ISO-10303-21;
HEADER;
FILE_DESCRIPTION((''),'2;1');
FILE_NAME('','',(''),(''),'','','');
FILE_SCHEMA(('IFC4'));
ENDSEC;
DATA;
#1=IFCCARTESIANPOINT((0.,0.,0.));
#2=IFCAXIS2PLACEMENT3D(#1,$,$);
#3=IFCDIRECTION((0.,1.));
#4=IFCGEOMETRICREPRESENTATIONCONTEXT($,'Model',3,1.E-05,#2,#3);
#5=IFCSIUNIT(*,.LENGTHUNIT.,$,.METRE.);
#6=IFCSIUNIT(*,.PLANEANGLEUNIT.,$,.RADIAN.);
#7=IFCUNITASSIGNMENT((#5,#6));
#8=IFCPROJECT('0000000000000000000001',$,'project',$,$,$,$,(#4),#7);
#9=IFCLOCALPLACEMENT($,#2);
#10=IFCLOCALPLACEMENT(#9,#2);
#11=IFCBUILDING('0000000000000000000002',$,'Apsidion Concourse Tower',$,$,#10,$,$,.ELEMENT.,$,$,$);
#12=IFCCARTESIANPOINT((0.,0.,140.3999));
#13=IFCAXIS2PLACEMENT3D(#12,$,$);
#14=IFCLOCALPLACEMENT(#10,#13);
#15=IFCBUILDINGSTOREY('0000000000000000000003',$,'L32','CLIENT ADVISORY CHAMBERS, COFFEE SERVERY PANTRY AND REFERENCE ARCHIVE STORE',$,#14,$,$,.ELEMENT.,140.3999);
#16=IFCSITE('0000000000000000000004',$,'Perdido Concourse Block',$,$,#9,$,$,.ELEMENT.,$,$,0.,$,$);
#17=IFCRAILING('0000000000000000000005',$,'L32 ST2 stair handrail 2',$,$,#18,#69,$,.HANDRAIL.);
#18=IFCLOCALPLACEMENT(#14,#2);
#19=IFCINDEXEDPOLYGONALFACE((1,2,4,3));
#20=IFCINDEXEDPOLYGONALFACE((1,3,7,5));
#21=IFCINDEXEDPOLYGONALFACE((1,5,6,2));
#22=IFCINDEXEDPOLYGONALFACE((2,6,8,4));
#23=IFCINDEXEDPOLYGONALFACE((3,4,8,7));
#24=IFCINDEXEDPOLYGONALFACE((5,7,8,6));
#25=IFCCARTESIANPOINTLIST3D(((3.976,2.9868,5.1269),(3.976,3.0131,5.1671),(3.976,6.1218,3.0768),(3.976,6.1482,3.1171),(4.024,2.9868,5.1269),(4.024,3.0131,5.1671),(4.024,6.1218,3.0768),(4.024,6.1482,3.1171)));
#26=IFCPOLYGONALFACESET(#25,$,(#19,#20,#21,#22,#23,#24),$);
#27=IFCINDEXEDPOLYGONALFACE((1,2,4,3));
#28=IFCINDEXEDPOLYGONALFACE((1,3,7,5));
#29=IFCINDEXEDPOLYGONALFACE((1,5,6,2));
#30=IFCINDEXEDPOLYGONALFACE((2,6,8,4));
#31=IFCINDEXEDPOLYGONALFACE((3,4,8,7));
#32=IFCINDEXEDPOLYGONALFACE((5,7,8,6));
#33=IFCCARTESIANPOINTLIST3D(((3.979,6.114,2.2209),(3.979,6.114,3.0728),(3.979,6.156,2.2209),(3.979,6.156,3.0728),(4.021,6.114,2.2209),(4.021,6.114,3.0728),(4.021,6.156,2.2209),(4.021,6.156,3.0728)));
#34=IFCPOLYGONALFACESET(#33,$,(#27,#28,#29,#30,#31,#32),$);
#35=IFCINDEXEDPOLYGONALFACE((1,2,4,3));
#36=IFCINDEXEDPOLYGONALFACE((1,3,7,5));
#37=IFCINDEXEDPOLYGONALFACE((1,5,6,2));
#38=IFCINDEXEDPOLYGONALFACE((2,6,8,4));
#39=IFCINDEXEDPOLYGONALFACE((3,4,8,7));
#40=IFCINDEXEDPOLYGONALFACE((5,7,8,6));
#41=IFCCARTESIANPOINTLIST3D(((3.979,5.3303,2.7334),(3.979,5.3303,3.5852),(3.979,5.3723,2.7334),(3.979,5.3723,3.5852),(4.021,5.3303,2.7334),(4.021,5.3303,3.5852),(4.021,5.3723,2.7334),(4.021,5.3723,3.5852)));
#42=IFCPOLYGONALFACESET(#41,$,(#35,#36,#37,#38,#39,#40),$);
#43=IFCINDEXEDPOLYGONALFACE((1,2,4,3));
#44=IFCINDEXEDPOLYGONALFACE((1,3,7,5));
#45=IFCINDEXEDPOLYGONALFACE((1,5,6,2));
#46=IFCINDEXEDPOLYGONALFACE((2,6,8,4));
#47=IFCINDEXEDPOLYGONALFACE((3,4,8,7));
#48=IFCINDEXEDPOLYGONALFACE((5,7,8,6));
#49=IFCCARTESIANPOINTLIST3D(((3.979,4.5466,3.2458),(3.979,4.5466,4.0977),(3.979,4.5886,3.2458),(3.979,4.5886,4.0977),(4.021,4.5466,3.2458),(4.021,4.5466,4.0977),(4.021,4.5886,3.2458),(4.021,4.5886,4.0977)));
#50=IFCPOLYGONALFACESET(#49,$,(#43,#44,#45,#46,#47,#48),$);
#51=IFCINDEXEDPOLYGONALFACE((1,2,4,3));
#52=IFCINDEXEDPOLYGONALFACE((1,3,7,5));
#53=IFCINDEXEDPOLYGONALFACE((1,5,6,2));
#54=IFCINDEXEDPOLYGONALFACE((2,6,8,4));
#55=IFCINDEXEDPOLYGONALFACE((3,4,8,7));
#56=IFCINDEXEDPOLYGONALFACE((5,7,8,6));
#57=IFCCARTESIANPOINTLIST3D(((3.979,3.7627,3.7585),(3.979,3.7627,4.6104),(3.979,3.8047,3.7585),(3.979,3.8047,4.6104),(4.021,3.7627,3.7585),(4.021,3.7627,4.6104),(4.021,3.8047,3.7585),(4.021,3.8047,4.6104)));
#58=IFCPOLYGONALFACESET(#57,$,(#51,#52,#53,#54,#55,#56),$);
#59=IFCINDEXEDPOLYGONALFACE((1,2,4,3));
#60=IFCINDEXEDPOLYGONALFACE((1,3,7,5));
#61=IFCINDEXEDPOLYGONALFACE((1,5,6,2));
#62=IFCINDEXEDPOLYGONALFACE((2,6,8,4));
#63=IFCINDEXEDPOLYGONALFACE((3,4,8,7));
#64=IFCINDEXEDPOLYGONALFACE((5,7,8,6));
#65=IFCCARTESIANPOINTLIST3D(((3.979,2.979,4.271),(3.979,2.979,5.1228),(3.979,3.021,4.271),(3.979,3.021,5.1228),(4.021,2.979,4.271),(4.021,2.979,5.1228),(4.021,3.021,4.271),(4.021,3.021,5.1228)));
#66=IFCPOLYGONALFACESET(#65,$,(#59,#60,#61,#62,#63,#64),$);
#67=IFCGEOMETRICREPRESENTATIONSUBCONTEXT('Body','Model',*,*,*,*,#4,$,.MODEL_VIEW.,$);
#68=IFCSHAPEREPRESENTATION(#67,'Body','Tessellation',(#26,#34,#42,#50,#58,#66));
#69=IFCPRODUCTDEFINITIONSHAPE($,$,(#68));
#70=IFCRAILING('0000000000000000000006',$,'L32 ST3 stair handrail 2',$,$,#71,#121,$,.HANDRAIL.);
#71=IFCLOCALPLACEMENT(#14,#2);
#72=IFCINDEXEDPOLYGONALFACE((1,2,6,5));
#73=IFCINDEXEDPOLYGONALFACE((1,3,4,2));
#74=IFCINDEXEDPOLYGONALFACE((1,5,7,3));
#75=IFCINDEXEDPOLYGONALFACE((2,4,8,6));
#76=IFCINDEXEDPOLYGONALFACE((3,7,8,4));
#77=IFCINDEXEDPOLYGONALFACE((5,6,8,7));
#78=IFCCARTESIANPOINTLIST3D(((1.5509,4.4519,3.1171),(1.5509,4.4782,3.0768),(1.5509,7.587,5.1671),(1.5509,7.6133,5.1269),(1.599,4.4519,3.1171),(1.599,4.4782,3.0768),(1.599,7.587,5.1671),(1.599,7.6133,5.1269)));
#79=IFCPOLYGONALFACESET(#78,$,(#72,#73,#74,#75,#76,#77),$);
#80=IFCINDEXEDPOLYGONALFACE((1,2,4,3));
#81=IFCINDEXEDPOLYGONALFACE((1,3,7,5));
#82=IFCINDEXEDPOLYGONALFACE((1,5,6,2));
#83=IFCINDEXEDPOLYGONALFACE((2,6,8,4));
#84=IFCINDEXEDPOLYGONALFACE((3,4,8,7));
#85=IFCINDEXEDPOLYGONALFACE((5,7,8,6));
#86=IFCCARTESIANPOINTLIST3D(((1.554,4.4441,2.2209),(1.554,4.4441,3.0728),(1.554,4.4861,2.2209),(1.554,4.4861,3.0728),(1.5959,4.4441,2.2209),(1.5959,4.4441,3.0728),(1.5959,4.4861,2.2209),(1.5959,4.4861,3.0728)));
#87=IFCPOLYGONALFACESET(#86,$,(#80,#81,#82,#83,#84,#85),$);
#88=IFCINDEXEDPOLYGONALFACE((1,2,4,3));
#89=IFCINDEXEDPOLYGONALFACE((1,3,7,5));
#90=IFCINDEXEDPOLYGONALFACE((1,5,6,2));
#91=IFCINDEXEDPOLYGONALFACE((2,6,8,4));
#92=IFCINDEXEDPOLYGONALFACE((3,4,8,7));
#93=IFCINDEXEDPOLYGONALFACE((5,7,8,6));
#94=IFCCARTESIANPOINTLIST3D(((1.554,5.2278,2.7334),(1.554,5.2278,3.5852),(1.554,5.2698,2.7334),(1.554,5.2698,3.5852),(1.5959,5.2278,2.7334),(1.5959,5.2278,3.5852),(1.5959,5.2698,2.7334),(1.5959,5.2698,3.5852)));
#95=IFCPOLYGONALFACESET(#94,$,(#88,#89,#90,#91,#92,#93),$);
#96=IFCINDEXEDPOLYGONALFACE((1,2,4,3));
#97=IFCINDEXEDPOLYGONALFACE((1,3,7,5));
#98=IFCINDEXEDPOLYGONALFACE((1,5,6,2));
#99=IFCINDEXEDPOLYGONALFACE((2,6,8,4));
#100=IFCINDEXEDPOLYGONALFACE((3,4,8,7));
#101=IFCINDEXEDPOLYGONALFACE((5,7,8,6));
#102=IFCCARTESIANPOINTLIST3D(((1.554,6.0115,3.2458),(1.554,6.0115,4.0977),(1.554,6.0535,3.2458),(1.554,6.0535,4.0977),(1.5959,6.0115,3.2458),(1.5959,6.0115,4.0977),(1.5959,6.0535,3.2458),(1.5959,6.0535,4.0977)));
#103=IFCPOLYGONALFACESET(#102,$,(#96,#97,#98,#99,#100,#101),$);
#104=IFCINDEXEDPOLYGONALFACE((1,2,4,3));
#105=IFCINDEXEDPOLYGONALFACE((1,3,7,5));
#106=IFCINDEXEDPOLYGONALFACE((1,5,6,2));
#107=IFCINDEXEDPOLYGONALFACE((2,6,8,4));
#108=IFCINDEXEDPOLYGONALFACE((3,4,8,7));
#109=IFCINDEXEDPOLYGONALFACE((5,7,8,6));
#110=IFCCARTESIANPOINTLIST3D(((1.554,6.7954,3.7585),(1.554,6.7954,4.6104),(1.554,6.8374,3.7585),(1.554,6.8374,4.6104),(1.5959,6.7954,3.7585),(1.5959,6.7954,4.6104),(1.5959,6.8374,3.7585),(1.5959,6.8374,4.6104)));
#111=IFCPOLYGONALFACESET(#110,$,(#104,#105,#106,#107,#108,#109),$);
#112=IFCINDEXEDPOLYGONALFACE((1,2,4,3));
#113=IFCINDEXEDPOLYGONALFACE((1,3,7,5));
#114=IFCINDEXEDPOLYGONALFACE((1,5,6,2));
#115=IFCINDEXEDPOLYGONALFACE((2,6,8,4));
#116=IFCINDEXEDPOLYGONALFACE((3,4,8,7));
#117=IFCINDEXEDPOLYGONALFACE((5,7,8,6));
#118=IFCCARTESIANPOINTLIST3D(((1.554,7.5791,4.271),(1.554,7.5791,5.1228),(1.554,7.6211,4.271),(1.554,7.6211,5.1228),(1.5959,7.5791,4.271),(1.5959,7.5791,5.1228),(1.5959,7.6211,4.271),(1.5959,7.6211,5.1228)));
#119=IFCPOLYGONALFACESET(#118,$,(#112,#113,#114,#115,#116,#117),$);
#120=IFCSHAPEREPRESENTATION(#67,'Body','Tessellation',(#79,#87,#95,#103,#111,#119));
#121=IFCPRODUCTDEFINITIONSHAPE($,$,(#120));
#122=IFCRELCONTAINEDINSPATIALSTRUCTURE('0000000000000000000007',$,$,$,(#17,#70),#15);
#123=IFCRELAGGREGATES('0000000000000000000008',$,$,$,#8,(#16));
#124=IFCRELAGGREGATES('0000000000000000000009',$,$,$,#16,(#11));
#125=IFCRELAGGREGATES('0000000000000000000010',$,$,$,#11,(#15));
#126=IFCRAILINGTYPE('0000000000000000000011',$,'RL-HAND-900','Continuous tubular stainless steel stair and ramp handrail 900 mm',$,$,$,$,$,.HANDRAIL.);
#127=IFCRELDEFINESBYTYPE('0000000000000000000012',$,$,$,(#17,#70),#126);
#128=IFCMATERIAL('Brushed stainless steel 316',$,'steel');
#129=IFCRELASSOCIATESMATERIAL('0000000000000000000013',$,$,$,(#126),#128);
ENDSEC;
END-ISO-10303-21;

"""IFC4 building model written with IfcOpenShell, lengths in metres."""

from ifc_helpers import new_model, si_unit, direction, frame, origin, origin_2d, place, context, subcontext, project, spatial, rectangle, extrude, material, type_object, element, save


model = new_model("IFC4")

# Units and contexts
model_context = context("Model", 3, precision=1e-05, world=origin(), true_north=direction((0.0, 1.0)))
body_context = subcontext(model_context, "Body", "Model", "MODEL_VIEW")
ifc_project = project(units=[si_unit("LENGTHUNIT", "METRE"), si_unit("PLANEANGLEUNIT", "RADIAN")], contexts=[model_context])

# Site, building, storey
site_placement = place(None, origin())
site = spatial("IfcSite", under=ifc_project, at=site_placement, Name="Perdido Concourse Block", CompositionType="ELEMENT", RefElevation=0.0)
building_placement = place(site_placement, origin())
building = spatial("IfcBuilding", under=site, at=building_placement, Name="Apsidion Concourse Tower", CompositionType="ELEMENT")
storey_placement = place(building_placement, frame((0.0, 0.0, 140.3999)))
storey = spatial("IfcBuildingStorey", under=building, at=storey_placement, Name="L32", Description="CLIENT ADVISORY CHAMBERS, COFFEE SERVERY PANTRY AND REFERENCE ARCHIVE STORE", CompositionType="ELEMENT", Elevation=140.3999)

# Shared definitions
ifc_material_1 = material(Name="Brushed stainless steel 316", Category="steel")

# Railings
railing_type_1 = type_object("IfcRailingType", Name="RL-HAND-900", Description="Continuous tubular stainless steel stair and ramp handrail 900 mm", PredefinedType="HANDRAIL", material=ifc_material_1)
railing_1_placement = place(storey_placement, frame((4.0, 6.135, 2.2209)))
element("IfcRailing", 1, at=railing_1_placement, inside=storey, type_object=railing_type_1, Name="L32 ST2 stair handrail 2", PredefinedType="HANDRAIL", context=body_context, shape_type="SweptSolid", body=[
    extrude(rectangle(XDim=0.0481, YDim=0.0481, at=origin_2d()), frame((0.0, 0.0, 0.876), z_axis=(0.0, -0.836941, 0.547293), x_axis=(1.0, 0.0, 0.0)), (0.0, 0.0, 1.0), 3.7458),
    extrude(rectangle(XDim=0.042, YDim=0.042, at=origin_2d()), origin(), (0.0, 0.0, 1.0), 0.8518),
    extrude(rectangle(XDim=0.042, YDim=0.042, at=origin_2d()), frame((0.0, -0.7837, 0.5125)), (0.0, 0.0, 1.0), 0.8518),
    extrude(rectangle(XDim=0.042, YDim=0.042, at=origin_2d()), frame((0.0, -1.5674, 1.0249)), (0.0, 0.0, 1.0), 0.8518),
    extrude(rectangle(XDim=0.042, YDim=0.042, at=origin_2d()), frame((0.0, -2.3513, 1.5376)), (0.0, 0.0, 1.0), 0.8518),
    extrude(rectangle(XDim=0.042, YDim=0.042, at=origin_2d()), frame((0.0, -3.135, 2.05)), (0.0, 0.0, 1.0), 0.8518),
])
railing_2_placement = place(storey_placement, frame((1.575, 4.4651, 2.2209)))
element("IfcRailing", 2, at=railing_2_placement, inside=storey, type_object=railing_type_1, Name="L32 ST3 stair handrail 2", PredefinedType="HANDRAIL", context=body_context, shape_type="SweptSolid", body=[
    extrude(rectangle(XDim=0.0481, YDim=0.0481, at=origin_2d()), frame((0.0, 0.0, 0.876), z_axis=(0.0, 0.836941, 0.547293), x_axis=(-1.0, 0.0, 0.0)), (0.0, 0.0, 1.0), 3.7458),
    extrude(rectangle(XDim=0.042, YDim=0.042, at=origin_2d()), origin(), (0.0, 0.0, 1.0), 0.8518),
    extrude(rectangle(XDim=0.042, YDim=0.042, at=origin_2d()), frame((0.0, 0.7837, 0.5125)), (0.0, 0.0, 1.0), 0.8518),
    extrude(rectangle(XDim=0.042, YDim=0.042, at=origin_2d()), frame((0.0, 1.5674, 1.0249)), (0.0, 0.0, 1.0), 0.8518),
    extrude(rectangle(XDim=0.042, YDim=0.042, at=origin_2d()), frame((0.0, 2.3513, 1.5376)), (0.0, 0.0, 1.0), 0.8518),
    extrude(rectangle(XDim=0.042, YDim=0.042, at=origin_2d()), frame((0.0, 3.135, 2.05)), (0.0, 0.0, 1.0), 0.8518),
])

save(model, "model.ifc")
